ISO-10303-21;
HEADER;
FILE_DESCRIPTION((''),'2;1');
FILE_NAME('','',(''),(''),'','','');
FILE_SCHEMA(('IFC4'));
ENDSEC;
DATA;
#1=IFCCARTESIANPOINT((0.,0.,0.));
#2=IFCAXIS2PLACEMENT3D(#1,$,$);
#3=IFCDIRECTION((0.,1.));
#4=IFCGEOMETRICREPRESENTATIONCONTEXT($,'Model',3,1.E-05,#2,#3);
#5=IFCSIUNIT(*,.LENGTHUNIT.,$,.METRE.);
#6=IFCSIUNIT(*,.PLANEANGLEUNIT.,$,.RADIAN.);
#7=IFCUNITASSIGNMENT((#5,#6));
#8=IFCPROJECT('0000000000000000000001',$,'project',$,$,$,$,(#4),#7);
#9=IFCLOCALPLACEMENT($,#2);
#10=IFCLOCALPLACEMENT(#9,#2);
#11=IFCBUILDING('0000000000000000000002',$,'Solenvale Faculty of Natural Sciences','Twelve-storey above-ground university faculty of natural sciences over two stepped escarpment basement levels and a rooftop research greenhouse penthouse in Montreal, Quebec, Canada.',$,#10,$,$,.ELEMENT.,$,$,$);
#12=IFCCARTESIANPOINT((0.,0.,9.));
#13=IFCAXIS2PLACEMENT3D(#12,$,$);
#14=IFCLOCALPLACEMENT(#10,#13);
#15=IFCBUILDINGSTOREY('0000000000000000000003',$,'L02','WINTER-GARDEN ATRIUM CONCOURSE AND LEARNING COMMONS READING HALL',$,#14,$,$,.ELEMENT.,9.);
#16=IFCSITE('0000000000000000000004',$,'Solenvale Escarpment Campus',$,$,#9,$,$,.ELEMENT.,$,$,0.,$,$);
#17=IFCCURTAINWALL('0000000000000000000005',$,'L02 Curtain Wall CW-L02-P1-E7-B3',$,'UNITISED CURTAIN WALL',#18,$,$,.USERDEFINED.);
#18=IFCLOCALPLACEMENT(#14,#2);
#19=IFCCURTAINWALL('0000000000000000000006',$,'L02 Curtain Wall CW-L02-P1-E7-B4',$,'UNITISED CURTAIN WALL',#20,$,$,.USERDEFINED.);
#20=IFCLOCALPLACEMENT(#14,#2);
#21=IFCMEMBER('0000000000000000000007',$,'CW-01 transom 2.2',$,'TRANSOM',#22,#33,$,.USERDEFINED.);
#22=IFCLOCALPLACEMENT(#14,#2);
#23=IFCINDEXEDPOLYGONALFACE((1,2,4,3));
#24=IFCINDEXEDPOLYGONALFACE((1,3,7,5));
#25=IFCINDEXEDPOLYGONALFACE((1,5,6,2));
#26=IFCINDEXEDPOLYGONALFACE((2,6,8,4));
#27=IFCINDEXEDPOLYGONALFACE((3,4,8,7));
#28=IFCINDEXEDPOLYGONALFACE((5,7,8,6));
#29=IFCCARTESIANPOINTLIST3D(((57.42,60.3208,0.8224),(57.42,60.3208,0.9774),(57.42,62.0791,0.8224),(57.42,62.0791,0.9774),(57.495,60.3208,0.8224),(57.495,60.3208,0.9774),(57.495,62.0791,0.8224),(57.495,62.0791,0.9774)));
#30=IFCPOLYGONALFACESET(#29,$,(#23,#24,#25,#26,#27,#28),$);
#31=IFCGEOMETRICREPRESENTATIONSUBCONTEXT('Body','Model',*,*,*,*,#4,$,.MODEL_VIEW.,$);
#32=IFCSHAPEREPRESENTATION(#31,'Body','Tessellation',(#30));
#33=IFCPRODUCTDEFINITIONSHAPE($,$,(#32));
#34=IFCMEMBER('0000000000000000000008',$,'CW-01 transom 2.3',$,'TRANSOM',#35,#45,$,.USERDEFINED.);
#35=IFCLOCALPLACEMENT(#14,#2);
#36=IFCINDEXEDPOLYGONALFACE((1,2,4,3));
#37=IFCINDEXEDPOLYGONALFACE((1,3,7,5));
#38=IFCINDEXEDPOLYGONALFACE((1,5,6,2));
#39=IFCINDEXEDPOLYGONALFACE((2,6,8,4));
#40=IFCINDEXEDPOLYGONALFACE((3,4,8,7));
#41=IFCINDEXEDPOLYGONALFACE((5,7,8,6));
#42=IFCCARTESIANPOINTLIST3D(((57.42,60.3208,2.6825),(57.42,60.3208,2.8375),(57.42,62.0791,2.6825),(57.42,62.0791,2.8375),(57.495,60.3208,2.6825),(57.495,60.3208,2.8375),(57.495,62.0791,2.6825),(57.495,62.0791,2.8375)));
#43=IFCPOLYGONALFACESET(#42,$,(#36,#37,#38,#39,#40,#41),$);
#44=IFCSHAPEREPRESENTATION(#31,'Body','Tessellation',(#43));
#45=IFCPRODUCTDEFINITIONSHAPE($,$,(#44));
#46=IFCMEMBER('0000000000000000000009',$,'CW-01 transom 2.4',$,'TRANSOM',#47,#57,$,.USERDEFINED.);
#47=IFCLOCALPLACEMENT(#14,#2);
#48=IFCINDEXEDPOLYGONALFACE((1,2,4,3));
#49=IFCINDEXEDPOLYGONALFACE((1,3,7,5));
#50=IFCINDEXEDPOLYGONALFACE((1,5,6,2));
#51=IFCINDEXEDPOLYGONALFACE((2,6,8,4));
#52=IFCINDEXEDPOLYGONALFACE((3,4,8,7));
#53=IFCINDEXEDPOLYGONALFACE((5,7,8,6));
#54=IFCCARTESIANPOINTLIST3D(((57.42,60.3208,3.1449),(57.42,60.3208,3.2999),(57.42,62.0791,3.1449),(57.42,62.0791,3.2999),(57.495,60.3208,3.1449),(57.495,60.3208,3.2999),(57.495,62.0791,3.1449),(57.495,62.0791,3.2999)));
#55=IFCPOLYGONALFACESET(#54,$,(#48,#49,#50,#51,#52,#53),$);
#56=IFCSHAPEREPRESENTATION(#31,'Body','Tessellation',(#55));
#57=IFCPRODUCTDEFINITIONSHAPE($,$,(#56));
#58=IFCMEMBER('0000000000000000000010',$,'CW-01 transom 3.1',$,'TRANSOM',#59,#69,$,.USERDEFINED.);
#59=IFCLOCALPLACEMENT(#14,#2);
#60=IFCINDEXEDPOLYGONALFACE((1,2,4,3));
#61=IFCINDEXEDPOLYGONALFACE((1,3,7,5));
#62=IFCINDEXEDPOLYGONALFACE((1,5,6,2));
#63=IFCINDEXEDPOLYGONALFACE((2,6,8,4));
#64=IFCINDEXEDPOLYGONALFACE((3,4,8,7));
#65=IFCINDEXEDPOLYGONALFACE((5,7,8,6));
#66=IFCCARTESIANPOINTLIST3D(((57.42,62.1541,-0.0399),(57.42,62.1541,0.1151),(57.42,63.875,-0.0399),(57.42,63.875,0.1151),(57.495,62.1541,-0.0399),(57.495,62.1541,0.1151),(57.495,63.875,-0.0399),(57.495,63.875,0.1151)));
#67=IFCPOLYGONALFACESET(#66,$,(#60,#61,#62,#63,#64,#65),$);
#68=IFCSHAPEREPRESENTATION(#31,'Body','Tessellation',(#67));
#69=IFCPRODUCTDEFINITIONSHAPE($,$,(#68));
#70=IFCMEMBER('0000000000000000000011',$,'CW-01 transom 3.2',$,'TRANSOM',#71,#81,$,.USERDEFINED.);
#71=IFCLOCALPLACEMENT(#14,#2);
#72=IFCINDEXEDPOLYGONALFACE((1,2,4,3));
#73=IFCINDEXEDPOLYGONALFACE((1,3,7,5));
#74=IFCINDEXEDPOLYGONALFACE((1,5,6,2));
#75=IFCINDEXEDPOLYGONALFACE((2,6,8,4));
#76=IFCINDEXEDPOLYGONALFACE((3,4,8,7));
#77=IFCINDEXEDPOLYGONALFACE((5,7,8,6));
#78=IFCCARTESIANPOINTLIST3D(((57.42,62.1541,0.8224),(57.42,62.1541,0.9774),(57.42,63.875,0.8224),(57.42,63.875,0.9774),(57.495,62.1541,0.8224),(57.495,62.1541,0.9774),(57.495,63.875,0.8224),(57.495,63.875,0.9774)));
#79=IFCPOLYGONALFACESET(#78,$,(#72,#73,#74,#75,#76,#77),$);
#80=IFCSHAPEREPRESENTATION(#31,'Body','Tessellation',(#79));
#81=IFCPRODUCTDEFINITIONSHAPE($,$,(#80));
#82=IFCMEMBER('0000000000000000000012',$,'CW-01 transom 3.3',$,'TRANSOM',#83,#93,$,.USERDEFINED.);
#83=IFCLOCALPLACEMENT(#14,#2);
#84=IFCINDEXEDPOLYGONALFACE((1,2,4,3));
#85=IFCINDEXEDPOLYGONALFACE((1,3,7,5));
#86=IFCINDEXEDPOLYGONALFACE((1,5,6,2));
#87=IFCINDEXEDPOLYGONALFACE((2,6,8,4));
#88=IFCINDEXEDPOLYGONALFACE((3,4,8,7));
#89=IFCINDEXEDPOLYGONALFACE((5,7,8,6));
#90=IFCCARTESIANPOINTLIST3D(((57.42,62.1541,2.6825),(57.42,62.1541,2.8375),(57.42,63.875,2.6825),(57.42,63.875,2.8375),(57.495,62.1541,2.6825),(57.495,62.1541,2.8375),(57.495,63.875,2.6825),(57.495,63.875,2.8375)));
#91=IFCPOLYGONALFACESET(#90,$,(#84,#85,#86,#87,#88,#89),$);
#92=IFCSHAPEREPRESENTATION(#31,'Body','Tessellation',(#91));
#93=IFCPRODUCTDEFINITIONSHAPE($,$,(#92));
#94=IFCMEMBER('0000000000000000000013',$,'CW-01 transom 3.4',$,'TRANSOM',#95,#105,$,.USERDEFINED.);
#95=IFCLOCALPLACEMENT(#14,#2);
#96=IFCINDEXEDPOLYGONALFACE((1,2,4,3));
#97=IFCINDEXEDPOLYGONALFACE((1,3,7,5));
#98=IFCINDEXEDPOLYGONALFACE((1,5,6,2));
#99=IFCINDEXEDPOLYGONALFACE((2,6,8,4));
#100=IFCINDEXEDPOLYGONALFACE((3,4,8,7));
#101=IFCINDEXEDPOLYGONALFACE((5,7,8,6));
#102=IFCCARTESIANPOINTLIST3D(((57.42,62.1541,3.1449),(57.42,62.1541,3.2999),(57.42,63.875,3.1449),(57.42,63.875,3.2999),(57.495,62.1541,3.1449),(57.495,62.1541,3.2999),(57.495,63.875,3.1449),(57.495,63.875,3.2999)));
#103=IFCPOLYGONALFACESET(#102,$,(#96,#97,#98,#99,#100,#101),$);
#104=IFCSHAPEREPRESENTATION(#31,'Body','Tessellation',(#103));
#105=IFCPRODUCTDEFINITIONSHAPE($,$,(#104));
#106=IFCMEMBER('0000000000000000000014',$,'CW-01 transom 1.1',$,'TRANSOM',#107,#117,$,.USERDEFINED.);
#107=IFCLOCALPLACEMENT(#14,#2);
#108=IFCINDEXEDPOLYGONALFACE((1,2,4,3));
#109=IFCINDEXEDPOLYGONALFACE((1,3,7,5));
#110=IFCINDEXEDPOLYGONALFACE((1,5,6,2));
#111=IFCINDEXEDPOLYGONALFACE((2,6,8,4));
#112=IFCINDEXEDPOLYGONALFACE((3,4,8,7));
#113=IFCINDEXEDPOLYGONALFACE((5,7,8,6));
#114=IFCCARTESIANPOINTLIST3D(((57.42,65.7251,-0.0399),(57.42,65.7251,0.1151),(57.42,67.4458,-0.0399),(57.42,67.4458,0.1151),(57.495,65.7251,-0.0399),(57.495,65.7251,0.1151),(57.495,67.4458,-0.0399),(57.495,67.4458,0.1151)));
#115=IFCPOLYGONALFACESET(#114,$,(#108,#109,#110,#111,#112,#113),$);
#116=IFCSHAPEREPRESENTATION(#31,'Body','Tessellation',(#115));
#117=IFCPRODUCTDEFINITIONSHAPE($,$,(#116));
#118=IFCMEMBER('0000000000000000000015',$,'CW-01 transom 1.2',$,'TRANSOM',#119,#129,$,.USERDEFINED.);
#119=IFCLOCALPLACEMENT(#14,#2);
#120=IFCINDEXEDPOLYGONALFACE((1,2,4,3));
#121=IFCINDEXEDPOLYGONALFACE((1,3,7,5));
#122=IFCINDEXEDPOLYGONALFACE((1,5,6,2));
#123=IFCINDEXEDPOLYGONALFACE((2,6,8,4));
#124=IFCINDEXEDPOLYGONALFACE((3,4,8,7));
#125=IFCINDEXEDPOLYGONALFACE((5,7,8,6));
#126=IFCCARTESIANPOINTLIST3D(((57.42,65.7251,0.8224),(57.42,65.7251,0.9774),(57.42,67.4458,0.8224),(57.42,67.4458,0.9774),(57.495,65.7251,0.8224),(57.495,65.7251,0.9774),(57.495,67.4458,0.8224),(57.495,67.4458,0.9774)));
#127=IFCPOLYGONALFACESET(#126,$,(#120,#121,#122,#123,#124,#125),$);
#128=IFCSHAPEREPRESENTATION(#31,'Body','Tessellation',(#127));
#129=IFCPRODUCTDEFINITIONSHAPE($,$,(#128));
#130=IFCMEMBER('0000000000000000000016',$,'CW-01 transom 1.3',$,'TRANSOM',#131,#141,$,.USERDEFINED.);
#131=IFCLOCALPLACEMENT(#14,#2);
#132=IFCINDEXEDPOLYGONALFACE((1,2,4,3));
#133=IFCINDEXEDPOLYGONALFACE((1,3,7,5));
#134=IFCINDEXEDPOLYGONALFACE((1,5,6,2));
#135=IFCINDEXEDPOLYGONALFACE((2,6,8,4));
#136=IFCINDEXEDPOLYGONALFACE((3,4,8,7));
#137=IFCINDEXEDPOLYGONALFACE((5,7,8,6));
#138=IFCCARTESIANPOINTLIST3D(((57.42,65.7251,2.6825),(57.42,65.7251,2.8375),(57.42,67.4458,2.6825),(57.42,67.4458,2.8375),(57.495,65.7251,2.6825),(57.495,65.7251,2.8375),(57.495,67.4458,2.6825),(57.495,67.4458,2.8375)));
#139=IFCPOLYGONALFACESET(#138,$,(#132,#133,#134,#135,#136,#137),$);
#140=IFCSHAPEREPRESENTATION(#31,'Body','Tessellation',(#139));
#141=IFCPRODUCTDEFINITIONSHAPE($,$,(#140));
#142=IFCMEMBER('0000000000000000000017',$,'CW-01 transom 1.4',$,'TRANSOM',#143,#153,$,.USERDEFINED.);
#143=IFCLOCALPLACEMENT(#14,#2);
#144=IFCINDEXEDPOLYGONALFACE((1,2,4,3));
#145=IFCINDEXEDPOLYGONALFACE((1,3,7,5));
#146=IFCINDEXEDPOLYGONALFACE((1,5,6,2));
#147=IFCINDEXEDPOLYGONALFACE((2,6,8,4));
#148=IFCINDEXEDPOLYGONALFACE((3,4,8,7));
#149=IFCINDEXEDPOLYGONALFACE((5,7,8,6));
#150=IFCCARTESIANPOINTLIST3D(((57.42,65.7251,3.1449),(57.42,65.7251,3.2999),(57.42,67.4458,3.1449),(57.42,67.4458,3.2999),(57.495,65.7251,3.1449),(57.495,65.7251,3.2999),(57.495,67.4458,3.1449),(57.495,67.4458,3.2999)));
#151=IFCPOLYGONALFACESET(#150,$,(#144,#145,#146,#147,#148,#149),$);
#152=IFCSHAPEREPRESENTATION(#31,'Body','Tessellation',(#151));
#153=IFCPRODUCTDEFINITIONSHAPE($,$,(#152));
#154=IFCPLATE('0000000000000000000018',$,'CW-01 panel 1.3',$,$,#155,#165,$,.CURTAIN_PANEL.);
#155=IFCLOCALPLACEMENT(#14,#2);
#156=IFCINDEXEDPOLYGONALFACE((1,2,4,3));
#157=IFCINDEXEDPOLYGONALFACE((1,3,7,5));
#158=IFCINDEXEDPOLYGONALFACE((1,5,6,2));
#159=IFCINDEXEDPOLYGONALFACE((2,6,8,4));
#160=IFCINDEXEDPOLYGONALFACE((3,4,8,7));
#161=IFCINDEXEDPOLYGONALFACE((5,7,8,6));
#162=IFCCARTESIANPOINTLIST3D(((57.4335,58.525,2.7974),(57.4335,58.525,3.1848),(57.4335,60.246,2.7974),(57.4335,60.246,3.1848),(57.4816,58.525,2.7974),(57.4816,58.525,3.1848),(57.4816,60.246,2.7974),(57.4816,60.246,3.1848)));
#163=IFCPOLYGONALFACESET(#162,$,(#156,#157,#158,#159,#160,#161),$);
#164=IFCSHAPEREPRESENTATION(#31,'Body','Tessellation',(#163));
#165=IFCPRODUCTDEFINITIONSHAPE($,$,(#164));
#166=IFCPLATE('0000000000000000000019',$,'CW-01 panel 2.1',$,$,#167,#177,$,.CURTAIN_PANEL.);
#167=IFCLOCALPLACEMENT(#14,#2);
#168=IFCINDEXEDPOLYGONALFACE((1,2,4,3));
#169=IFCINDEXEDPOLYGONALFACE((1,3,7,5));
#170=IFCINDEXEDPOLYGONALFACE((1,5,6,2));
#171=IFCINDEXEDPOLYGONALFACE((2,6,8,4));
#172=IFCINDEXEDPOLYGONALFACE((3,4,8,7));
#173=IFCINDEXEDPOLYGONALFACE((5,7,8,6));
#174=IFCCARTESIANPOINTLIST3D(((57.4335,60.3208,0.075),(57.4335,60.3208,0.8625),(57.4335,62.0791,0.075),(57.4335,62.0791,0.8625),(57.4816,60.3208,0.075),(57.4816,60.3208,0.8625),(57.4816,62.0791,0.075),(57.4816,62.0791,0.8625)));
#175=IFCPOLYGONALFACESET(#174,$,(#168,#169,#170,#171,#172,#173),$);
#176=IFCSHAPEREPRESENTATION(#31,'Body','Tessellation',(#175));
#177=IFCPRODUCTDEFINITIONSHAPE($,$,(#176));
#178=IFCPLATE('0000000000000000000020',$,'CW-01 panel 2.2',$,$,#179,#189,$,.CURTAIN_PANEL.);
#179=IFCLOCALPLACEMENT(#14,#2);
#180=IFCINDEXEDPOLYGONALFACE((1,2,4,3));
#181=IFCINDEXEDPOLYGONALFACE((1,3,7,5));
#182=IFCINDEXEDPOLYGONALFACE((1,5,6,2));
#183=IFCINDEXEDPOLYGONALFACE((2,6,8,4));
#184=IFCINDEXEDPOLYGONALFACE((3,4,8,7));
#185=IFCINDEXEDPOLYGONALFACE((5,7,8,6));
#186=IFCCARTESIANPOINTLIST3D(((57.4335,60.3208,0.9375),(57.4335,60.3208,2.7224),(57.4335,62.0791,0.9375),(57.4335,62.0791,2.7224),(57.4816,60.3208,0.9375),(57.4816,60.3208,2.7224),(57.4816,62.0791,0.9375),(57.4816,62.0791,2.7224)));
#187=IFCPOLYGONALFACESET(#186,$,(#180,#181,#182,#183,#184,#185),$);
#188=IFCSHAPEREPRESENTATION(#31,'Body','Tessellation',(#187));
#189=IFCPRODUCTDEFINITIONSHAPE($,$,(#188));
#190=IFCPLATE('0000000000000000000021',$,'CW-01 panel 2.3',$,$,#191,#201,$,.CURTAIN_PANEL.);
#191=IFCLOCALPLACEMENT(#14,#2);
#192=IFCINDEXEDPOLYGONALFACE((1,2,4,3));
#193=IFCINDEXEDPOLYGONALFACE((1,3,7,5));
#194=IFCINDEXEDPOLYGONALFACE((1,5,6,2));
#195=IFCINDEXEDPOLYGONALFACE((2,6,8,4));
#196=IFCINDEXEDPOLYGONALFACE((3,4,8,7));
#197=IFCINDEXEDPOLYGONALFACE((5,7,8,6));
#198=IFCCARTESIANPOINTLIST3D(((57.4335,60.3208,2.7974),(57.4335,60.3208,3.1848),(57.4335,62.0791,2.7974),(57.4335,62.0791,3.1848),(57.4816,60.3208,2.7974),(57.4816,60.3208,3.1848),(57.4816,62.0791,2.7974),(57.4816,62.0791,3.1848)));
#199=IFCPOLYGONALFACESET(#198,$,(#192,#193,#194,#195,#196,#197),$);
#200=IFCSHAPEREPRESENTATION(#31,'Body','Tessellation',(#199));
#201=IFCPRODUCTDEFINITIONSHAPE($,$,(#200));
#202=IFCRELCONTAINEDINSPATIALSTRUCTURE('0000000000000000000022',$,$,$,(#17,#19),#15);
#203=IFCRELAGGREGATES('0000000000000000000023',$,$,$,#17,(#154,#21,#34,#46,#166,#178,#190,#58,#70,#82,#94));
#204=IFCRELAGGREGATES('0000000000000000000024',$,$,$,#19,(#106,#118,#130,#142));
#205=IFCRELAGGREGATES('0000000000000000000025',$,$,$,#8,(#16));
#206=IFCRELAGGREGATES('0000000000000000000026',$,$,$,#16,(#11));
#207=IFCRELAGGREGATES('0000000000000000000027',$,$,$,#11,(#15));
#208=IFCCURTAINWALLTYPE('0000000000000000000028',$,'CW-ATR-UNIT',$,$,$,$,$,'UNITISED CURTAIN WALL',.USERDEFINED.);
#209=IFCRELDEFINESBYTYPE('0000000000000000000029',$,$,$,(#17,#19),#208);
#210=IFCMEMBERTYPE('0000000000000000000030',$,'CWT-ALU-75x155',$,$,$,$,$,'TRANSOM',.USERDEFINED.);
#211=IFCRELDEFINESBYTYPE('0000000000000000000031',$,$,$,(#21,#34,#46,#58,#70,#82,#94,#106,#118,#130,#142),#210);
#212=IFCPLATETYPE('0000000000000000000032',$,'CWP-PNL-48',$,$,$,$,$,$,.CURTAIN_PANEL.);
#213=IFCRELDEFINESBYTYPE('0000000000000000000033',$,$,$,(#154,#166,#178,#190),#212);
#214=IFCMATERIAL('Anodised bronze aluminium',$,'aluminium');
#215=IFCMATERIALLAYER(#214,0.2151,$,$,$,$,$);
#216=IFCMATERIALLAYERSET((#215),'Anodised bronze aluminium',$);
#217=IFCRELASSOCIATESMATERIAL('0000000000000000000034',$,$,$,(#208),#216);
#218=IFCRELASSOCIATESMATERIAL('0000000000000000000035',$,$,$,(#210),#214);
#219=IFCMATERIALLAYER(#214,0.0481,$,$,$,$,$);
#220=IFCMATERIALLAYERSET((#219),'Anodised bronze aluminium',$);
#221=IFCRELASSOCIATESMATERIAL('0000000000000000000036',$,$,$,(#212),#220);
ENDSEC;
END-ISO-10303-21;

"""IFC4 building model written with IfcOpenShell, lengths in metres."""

from ifc_helpers import new_model, si_unit, direction, frame, origin, origin_2d, place, context, subcontext, project, spatial, rectangle, extrude, material, layer, layer_set, material_profile, profile_set, type_object, element, aggregate, save


model = new_model("IFC4")

# Units and contexts
model_context = context("Model", 3, precision=1e-05, world=origin(), true_north=direction((0.0, 1.0)))
body_context = subcontext(model_context, "Body", "Model", "MODEL_VIEW")
ifc_project = project(units=[si_unit("LENGTHUNIT", "METRE"), si_unit("PLANEANGLEUNIT", "RADIAN")], contexts=[model_context])

# Site, building, storey
site_placement = place(None, origin())
site = spatial("IfcSite", under=ifc_project, at=site_placement, Name="Solenvale Escarpment Campus", CompositionType="ELEMENT", RefElevation=0.0)
building_placement = place(site_placement, origin())
building = spatial("IfcBuilding", under=site, at=building_placement, Name="Solenvale Faculty of Natural Sciences", Description="Twelve-storey above-ground university faculty of natural sciences over two stepped escarpment basement levels and a rooftop research greenhouse penthouse in Montreal, Quebec, Canada.", CompositionType="ELEMENT")
storey_placement = place(building_placement, frame((0.0, 0.0, 9.0)))
storey = spatial("IfcBuildingStorey", under=building, at=storey_placement, Name="L02", Description="WINTER-GARDEN ATRIUM CONCOURSE AND LEARNING COMMONS READING HALL", CompositionType="ELEMENT", Elevation=9.0)

# Curtain wall
ifc_material_1 = material(Name="Anodised bronze aluminium", Category="aluminium")
ifc_layer_1 = layer(ifc_material_1, 0.2151)
ifc_layer_set_1 = layer_set([ifc_layer_1], Name="Anodised bronze aluminium")
curtain_wall_type = type_object("IfcCurtainWallType", Name="CW-ATR-UNIT", ElementType="UNITISED CURTAIN WALL", PredefinedType="USERDEFINED", material=ifc_layer_set_1)
curtain_wall_1_placement = place(storey_placement, origin())
curtain_wall_1 = element("IfcCurtainWall", 1, at=curtain_wall_1_placement, inside=storey, type_object=curtain_wall_type, Name="L02 Curtain Wall CW-L02-P1-E7-B3", ObjectType="UNITISED CURTAIN WALL", PredefinedType="USERDEFINED")

# Curtain wall
curtain_wall_2_placement = place(storey_placement, origin())
curtain_wall_2 = element("IfcCurtainWall", 2, at=curtain_wall_2_placement, inside=storey, type_object=curtain_wall_type, Name="L02 Curtain Wall CW-L02-P1-E7-B4", ObjectType="UNITISED CURTAIN WALL", PredefinedType="USERDEFINED")

# Members
ifc_material_profile_1 = material_profile(ifc_material_1, rectangle(XDim=0.075, YDim=0.155, at=origin_2d()), Name="ALU-TRN-75x155")
ifc_profile_set_1 = profile_set([ifc_material_profile_1], Name="Anodised bronze aluminium")
member_type_1 = type_object("IfcMemberType", Name="CWT-ALU-75x155", ElementType="TRANSOM", PredefinedType="USERDEFINED", material=ifc_profile_set_1)
member_1_placement = place(storey_placement, frame((57.4575, 60.3208, 0.8999), z_axis=(0.0, 1.0, 0.0), x_axis=(-1.0, 0.0, 0.0)))
member_1 = element("IfcMember", 3, at=member_1_placement, type_object=member_type_1, Name="CW-01 transom 2.2", ObjectType="TRANSOM", PredefinedType="USERDEFINED", context=body_context, shape_type="SweptSolid", body=[
    extrude(rectangle(XDim=0.075, YDim=0.155, at=origin_2d()), origin(), (0.0, 0.0, 1.0), 1.7583),
])
member_2_placement = place(storey_placement, frame((57.4575, 60.3208, 2.76), z_axis=(0.0, 1.0, 0.0), x_axis=(-1.0, 0.0, 0.0)))
member_2 = element("IfcMember", 4, at=member_2_placement, type_object=member_type_1, Name="CW-01 transom 2.3", ObjectType="TRANSOM", PredefinedType="USERDEFINED", context=body_context, shape_type="SweptSolid", body=[
    extrude(rectangle(XDim=0.075, YDim=0.155, at=origin_2d()), origin(), (0.0, 0.0, 1.0), 1.7583),
])
member_3_placement = place(storey_placement, frame((57.4575, 60.3208, 3.2224), z_axis=(0.0, 1.0, 0.0), x_axis=(-1.0, 0.0, 0.0)))
member_3 = element("IfcMember", 5, at=member_3_placement, type_object=member_type_1, Name="CW-01 transom 2.4", ObjectType="TRANSOM", PredefinedType="USERDEFINED", context=body_context, shape_type="SweptSolid", body=[
    extrude(rectangle(XDim=0.075, YDim=0.155, at=origin_2d()), origin(), (0.0, 0.0, 1.0), 1.7583),
])
member_4_placement = place(storey_placement, frame((57.4575, 62.1541, 0.0376), z_axis=(0.0, 1.0, 0.0), x_axis=(-1.0, 0.0, 0.0)))
member_4 = element("IfcMember", 6, at=member_4_placement, type_object=member_type_1, Name="CW-01 transom 3.1", ObjectType="TRANSOM", PredefinedType="USERDEFINED", context=body_context, shape_type="SweptSolid", body=[
    extrude(rectangle(XDim=0.075, YDim=0.155, at=origin_2d()), origin(), (0.0, 0.0, 1.0), 1.7209),
])
member_5_placement = place(storey_placement, frame((57.4575, 62.1541, 0.8999), z_axis=(0.0, 1.0, 0.0), x_axis=(-1.0, 0.0, 0.0)))
member_5 = element("IfcMember", 7, at=member_5_placement, type_object=member_type_1, Name="CW-01 transom 3.2", ObjectType="TRANSOM", PredefinedType="USERDEFINED", context=body_context, shape_type="SweptSolid", body=[
    extrude(rectangle(XDim=0.075, YDim=0.155, at=origin_2d()), origin(), (0.0, 0.0, 1.0), 1.7209),
])
member_6_placement = place(storey_placement, frame((57.4575, 62.1541, 2.76), z_axis=(0.0, 1.0, 0.0), x_axis=(-1.0, 0.0, 0.0)))
member_6 = element("IfcMember", 8, at=member_6_placement, type_object=member_type_1, Name="CW-01 transom 3.3", ObjectType="TRANSOM", PredefinedType="USERDEFINED", context=body_context, shape_type="SweptSolid", body=[
    extrude(rectangle(XDim=0.075, YDim=0.155, at=origin_2d()), origin(), (0.0, 0.0, 1.0), 1.7209),
])
member_7_placement = place(storey_placement, frame((57.4575, 62.1541, 3.2224), z_axis=(0.0, 1.0, 0.0), x_axis=(-1.0, 0.0, 0.0)))
member_7 = element("IfcMember", 9, at=member_7_placement, type_object=member_type_1, Name="CW-01 transom 3.4", ObjectType="TRANSOM", PredefinedType="USERDEFINED", context=body_context, shape_type="SweptSolid", body=[
    extrude(rectangle(XDim=0.075, YDim=0.155, at=origin_2d()), origin(), (0.0, 0.0, 1.0), 1.7209),
])
member_8_placement = place(storey_placement, frame((57.4575, 65.7251, 0.0376), z_axis=(0.0, 1.0, 0.0), x_axis=(-1.0, 0.0, 0.0)))
member_8 = element("IfcMember", 10, at=member_8_placement, type_object=member_type_1, Name="CW-01 transom 1.1", ObjectType="TRANSOM", PredefinedType="USERDEFINED", context=body_context, shape_type="SweptSolid", body=[
    extrude(rectangle(XDim=0.075, YDim=0.155, at=origin_2d()), origin(), (0.0, 0.0, 1.0), 1.7207),
])
member_9_placement = place(storey_placement, frame((57.4575, 65.7251, 0.8999), z_axis=(0.0, 1.0, 0.0), x_axis=(-1.0, 0.0, 0.0)))
member_9 = element("IfcMember", 11, at=member_9_placement, type_object=member_type_1, Name="CW-01 transom 1.2", ObjectType="TRANSOM", PredefinedType="USERDEFINED", context=body_context, shape_type="SweptSolid", body=[
    extrude(rectangle(XDim=0.075, YDim=0.155, at=origin_2d()), origin(), (0.0, 0.0, 1.0), 1.7207),
])
member_10_placement = place(storey_placement, frame((57.4575, 65.7251, 2.76), z_axis=(0.0, 1.0, 0.0), x_axis=(-1.0, 0.0, 0.0)))
member_10 = element("IfcMember", 12, at=member_10_placement, type_object=member_type_1, Name="CW-01 transom 1.3", ObjectType="TRANSOM", PredefinedType="USERDEFINED", context=body_context, shape_type="SweptSolid", body=[
    extrude(rectangle(XDim=0.075, YDim=0.155, at=origin_2d()), origin(), (0.0, 0.0, 1.0), 1.7207),
])
member_11_placement = place(storey_placement, frame((57.4575, 65.7251, 3.2224), z_axis=(0.0, 1.0, 0.0), x_axis=(-1.0, 0.0, 0.0)))
member_11 = element("IfcMember", 13, at=member_11_placement, type_object=member_type_1, Name="CW-01 transom 1.4", ObjectType="TRANSOM", PredefinedType="USERDEFINED", context=body_context, shape_type="SweptSolid", body=[
    extrude(rectangle(XDim=0.075, YDim=0.155, at=origin_2d()), origin(), (0.0, 0.0, 1.0), 1.7207),
])

# Plates
ifc_layer_2 = layer(ifc_material_1, 0.0481)
ifc_layer_set_2 = layer_set([ifc_layer_2], Name="Anodised bronze aluminium")
plate_type_1 = type_object("IfcPlateType", Name="CWP-PNL-48", PredefinedType="CURTAIN_PANEL", material=ifc_layer_set_2)
plate_1_placement = place(storey_placement, frame((57.4575, 59.3855, 2.7974), z_axis=(0.0, 0.0, 1.0), x_axis=(0.0, 1.0, 0.0)))
plate_1 = element("IfcPlate", 14, at=plate_1_placement, type_object=plate_type_1, Name="CW-01 panel 1.3", PredefinedType="CURTAIN_PANEL", context=body_context, shape_type="SweptSolid", body=[
    extrude(rectangle(XDim=1.7209, YDim=0.0481, at=origin_2d()), origin(), (0.0, 0.0, 1.0), 0.3875),
])
plate_2_placement = place(storey_placement, frame((57.4575, 61.2, 0.075), z_axis=(0.0, 0.0, 1.0), x_axis=(0.0, 1.0, 0.0)))
plate_2 = element("IfcPlate", 15, at=plate_2_placement, type_object=plate_type_1, Name="CW-01 panel 2.1", PredefinedType="CURTAIN_PANEL", context=body_context, shape_type="SweptSolid", body=[
    extrude(rectangle(XDim=1.7583, YDim=0.0481, at=origin_2d()), origin(), (0.0, 0.0, 1.0), 0.7876),
])
plate_3_placement = place(storey_placement, frame((57.4575, 61.2, 0.9375), z_axis=(0.0, 0.0, 1.0), x_axis=(0.0, 1.0, 0.0)))
plate_3 = element("IfcPlate", 16, at=plate_3_placement, type_object=plate_type_1, Name="CW-01 panel 2.2", PredefinedType="CURTAIN_PANEL", context=body_context, shape_type="SweptSolid", body=[
    extrude(rectangle(XDim=1.7583, YDim=0.0481, at=origin_2d()), origin(), (0.0, 0.0, 1.0), 1.7849),
])
plate_4_placement = place(storey_placement, frame((57.4575, 61.2, 2.7974), z_axis=(0.0, 0.0, 1.0), x_axis=(0.0, 1.0, 0.0)))
plate_4 = element("IfcPlate", 17, at=plate_4_placement, type_object=plate_type_1, Name="CW-01 panel 2.3", PredefinedType="CURTAIN_PANEL", context=body_context, shape_type="SweptSolid", body=[
    extrude(rectangle(XDim=1.7583, YDim=0.0481, at=origin_2d()), origin(), (0.0, 0.0, 1.0), 0.3875),
])
aggregate(curtain_wall_1, [plate_1, member_1, member_2, member_3, plate_2, plate_3, plate_4, member_4, member_5, member_6, member_7])
aggregate(curtain_wall_2, [member_8, member_9, member_10, member_11])

save(model, "model.ifc")
